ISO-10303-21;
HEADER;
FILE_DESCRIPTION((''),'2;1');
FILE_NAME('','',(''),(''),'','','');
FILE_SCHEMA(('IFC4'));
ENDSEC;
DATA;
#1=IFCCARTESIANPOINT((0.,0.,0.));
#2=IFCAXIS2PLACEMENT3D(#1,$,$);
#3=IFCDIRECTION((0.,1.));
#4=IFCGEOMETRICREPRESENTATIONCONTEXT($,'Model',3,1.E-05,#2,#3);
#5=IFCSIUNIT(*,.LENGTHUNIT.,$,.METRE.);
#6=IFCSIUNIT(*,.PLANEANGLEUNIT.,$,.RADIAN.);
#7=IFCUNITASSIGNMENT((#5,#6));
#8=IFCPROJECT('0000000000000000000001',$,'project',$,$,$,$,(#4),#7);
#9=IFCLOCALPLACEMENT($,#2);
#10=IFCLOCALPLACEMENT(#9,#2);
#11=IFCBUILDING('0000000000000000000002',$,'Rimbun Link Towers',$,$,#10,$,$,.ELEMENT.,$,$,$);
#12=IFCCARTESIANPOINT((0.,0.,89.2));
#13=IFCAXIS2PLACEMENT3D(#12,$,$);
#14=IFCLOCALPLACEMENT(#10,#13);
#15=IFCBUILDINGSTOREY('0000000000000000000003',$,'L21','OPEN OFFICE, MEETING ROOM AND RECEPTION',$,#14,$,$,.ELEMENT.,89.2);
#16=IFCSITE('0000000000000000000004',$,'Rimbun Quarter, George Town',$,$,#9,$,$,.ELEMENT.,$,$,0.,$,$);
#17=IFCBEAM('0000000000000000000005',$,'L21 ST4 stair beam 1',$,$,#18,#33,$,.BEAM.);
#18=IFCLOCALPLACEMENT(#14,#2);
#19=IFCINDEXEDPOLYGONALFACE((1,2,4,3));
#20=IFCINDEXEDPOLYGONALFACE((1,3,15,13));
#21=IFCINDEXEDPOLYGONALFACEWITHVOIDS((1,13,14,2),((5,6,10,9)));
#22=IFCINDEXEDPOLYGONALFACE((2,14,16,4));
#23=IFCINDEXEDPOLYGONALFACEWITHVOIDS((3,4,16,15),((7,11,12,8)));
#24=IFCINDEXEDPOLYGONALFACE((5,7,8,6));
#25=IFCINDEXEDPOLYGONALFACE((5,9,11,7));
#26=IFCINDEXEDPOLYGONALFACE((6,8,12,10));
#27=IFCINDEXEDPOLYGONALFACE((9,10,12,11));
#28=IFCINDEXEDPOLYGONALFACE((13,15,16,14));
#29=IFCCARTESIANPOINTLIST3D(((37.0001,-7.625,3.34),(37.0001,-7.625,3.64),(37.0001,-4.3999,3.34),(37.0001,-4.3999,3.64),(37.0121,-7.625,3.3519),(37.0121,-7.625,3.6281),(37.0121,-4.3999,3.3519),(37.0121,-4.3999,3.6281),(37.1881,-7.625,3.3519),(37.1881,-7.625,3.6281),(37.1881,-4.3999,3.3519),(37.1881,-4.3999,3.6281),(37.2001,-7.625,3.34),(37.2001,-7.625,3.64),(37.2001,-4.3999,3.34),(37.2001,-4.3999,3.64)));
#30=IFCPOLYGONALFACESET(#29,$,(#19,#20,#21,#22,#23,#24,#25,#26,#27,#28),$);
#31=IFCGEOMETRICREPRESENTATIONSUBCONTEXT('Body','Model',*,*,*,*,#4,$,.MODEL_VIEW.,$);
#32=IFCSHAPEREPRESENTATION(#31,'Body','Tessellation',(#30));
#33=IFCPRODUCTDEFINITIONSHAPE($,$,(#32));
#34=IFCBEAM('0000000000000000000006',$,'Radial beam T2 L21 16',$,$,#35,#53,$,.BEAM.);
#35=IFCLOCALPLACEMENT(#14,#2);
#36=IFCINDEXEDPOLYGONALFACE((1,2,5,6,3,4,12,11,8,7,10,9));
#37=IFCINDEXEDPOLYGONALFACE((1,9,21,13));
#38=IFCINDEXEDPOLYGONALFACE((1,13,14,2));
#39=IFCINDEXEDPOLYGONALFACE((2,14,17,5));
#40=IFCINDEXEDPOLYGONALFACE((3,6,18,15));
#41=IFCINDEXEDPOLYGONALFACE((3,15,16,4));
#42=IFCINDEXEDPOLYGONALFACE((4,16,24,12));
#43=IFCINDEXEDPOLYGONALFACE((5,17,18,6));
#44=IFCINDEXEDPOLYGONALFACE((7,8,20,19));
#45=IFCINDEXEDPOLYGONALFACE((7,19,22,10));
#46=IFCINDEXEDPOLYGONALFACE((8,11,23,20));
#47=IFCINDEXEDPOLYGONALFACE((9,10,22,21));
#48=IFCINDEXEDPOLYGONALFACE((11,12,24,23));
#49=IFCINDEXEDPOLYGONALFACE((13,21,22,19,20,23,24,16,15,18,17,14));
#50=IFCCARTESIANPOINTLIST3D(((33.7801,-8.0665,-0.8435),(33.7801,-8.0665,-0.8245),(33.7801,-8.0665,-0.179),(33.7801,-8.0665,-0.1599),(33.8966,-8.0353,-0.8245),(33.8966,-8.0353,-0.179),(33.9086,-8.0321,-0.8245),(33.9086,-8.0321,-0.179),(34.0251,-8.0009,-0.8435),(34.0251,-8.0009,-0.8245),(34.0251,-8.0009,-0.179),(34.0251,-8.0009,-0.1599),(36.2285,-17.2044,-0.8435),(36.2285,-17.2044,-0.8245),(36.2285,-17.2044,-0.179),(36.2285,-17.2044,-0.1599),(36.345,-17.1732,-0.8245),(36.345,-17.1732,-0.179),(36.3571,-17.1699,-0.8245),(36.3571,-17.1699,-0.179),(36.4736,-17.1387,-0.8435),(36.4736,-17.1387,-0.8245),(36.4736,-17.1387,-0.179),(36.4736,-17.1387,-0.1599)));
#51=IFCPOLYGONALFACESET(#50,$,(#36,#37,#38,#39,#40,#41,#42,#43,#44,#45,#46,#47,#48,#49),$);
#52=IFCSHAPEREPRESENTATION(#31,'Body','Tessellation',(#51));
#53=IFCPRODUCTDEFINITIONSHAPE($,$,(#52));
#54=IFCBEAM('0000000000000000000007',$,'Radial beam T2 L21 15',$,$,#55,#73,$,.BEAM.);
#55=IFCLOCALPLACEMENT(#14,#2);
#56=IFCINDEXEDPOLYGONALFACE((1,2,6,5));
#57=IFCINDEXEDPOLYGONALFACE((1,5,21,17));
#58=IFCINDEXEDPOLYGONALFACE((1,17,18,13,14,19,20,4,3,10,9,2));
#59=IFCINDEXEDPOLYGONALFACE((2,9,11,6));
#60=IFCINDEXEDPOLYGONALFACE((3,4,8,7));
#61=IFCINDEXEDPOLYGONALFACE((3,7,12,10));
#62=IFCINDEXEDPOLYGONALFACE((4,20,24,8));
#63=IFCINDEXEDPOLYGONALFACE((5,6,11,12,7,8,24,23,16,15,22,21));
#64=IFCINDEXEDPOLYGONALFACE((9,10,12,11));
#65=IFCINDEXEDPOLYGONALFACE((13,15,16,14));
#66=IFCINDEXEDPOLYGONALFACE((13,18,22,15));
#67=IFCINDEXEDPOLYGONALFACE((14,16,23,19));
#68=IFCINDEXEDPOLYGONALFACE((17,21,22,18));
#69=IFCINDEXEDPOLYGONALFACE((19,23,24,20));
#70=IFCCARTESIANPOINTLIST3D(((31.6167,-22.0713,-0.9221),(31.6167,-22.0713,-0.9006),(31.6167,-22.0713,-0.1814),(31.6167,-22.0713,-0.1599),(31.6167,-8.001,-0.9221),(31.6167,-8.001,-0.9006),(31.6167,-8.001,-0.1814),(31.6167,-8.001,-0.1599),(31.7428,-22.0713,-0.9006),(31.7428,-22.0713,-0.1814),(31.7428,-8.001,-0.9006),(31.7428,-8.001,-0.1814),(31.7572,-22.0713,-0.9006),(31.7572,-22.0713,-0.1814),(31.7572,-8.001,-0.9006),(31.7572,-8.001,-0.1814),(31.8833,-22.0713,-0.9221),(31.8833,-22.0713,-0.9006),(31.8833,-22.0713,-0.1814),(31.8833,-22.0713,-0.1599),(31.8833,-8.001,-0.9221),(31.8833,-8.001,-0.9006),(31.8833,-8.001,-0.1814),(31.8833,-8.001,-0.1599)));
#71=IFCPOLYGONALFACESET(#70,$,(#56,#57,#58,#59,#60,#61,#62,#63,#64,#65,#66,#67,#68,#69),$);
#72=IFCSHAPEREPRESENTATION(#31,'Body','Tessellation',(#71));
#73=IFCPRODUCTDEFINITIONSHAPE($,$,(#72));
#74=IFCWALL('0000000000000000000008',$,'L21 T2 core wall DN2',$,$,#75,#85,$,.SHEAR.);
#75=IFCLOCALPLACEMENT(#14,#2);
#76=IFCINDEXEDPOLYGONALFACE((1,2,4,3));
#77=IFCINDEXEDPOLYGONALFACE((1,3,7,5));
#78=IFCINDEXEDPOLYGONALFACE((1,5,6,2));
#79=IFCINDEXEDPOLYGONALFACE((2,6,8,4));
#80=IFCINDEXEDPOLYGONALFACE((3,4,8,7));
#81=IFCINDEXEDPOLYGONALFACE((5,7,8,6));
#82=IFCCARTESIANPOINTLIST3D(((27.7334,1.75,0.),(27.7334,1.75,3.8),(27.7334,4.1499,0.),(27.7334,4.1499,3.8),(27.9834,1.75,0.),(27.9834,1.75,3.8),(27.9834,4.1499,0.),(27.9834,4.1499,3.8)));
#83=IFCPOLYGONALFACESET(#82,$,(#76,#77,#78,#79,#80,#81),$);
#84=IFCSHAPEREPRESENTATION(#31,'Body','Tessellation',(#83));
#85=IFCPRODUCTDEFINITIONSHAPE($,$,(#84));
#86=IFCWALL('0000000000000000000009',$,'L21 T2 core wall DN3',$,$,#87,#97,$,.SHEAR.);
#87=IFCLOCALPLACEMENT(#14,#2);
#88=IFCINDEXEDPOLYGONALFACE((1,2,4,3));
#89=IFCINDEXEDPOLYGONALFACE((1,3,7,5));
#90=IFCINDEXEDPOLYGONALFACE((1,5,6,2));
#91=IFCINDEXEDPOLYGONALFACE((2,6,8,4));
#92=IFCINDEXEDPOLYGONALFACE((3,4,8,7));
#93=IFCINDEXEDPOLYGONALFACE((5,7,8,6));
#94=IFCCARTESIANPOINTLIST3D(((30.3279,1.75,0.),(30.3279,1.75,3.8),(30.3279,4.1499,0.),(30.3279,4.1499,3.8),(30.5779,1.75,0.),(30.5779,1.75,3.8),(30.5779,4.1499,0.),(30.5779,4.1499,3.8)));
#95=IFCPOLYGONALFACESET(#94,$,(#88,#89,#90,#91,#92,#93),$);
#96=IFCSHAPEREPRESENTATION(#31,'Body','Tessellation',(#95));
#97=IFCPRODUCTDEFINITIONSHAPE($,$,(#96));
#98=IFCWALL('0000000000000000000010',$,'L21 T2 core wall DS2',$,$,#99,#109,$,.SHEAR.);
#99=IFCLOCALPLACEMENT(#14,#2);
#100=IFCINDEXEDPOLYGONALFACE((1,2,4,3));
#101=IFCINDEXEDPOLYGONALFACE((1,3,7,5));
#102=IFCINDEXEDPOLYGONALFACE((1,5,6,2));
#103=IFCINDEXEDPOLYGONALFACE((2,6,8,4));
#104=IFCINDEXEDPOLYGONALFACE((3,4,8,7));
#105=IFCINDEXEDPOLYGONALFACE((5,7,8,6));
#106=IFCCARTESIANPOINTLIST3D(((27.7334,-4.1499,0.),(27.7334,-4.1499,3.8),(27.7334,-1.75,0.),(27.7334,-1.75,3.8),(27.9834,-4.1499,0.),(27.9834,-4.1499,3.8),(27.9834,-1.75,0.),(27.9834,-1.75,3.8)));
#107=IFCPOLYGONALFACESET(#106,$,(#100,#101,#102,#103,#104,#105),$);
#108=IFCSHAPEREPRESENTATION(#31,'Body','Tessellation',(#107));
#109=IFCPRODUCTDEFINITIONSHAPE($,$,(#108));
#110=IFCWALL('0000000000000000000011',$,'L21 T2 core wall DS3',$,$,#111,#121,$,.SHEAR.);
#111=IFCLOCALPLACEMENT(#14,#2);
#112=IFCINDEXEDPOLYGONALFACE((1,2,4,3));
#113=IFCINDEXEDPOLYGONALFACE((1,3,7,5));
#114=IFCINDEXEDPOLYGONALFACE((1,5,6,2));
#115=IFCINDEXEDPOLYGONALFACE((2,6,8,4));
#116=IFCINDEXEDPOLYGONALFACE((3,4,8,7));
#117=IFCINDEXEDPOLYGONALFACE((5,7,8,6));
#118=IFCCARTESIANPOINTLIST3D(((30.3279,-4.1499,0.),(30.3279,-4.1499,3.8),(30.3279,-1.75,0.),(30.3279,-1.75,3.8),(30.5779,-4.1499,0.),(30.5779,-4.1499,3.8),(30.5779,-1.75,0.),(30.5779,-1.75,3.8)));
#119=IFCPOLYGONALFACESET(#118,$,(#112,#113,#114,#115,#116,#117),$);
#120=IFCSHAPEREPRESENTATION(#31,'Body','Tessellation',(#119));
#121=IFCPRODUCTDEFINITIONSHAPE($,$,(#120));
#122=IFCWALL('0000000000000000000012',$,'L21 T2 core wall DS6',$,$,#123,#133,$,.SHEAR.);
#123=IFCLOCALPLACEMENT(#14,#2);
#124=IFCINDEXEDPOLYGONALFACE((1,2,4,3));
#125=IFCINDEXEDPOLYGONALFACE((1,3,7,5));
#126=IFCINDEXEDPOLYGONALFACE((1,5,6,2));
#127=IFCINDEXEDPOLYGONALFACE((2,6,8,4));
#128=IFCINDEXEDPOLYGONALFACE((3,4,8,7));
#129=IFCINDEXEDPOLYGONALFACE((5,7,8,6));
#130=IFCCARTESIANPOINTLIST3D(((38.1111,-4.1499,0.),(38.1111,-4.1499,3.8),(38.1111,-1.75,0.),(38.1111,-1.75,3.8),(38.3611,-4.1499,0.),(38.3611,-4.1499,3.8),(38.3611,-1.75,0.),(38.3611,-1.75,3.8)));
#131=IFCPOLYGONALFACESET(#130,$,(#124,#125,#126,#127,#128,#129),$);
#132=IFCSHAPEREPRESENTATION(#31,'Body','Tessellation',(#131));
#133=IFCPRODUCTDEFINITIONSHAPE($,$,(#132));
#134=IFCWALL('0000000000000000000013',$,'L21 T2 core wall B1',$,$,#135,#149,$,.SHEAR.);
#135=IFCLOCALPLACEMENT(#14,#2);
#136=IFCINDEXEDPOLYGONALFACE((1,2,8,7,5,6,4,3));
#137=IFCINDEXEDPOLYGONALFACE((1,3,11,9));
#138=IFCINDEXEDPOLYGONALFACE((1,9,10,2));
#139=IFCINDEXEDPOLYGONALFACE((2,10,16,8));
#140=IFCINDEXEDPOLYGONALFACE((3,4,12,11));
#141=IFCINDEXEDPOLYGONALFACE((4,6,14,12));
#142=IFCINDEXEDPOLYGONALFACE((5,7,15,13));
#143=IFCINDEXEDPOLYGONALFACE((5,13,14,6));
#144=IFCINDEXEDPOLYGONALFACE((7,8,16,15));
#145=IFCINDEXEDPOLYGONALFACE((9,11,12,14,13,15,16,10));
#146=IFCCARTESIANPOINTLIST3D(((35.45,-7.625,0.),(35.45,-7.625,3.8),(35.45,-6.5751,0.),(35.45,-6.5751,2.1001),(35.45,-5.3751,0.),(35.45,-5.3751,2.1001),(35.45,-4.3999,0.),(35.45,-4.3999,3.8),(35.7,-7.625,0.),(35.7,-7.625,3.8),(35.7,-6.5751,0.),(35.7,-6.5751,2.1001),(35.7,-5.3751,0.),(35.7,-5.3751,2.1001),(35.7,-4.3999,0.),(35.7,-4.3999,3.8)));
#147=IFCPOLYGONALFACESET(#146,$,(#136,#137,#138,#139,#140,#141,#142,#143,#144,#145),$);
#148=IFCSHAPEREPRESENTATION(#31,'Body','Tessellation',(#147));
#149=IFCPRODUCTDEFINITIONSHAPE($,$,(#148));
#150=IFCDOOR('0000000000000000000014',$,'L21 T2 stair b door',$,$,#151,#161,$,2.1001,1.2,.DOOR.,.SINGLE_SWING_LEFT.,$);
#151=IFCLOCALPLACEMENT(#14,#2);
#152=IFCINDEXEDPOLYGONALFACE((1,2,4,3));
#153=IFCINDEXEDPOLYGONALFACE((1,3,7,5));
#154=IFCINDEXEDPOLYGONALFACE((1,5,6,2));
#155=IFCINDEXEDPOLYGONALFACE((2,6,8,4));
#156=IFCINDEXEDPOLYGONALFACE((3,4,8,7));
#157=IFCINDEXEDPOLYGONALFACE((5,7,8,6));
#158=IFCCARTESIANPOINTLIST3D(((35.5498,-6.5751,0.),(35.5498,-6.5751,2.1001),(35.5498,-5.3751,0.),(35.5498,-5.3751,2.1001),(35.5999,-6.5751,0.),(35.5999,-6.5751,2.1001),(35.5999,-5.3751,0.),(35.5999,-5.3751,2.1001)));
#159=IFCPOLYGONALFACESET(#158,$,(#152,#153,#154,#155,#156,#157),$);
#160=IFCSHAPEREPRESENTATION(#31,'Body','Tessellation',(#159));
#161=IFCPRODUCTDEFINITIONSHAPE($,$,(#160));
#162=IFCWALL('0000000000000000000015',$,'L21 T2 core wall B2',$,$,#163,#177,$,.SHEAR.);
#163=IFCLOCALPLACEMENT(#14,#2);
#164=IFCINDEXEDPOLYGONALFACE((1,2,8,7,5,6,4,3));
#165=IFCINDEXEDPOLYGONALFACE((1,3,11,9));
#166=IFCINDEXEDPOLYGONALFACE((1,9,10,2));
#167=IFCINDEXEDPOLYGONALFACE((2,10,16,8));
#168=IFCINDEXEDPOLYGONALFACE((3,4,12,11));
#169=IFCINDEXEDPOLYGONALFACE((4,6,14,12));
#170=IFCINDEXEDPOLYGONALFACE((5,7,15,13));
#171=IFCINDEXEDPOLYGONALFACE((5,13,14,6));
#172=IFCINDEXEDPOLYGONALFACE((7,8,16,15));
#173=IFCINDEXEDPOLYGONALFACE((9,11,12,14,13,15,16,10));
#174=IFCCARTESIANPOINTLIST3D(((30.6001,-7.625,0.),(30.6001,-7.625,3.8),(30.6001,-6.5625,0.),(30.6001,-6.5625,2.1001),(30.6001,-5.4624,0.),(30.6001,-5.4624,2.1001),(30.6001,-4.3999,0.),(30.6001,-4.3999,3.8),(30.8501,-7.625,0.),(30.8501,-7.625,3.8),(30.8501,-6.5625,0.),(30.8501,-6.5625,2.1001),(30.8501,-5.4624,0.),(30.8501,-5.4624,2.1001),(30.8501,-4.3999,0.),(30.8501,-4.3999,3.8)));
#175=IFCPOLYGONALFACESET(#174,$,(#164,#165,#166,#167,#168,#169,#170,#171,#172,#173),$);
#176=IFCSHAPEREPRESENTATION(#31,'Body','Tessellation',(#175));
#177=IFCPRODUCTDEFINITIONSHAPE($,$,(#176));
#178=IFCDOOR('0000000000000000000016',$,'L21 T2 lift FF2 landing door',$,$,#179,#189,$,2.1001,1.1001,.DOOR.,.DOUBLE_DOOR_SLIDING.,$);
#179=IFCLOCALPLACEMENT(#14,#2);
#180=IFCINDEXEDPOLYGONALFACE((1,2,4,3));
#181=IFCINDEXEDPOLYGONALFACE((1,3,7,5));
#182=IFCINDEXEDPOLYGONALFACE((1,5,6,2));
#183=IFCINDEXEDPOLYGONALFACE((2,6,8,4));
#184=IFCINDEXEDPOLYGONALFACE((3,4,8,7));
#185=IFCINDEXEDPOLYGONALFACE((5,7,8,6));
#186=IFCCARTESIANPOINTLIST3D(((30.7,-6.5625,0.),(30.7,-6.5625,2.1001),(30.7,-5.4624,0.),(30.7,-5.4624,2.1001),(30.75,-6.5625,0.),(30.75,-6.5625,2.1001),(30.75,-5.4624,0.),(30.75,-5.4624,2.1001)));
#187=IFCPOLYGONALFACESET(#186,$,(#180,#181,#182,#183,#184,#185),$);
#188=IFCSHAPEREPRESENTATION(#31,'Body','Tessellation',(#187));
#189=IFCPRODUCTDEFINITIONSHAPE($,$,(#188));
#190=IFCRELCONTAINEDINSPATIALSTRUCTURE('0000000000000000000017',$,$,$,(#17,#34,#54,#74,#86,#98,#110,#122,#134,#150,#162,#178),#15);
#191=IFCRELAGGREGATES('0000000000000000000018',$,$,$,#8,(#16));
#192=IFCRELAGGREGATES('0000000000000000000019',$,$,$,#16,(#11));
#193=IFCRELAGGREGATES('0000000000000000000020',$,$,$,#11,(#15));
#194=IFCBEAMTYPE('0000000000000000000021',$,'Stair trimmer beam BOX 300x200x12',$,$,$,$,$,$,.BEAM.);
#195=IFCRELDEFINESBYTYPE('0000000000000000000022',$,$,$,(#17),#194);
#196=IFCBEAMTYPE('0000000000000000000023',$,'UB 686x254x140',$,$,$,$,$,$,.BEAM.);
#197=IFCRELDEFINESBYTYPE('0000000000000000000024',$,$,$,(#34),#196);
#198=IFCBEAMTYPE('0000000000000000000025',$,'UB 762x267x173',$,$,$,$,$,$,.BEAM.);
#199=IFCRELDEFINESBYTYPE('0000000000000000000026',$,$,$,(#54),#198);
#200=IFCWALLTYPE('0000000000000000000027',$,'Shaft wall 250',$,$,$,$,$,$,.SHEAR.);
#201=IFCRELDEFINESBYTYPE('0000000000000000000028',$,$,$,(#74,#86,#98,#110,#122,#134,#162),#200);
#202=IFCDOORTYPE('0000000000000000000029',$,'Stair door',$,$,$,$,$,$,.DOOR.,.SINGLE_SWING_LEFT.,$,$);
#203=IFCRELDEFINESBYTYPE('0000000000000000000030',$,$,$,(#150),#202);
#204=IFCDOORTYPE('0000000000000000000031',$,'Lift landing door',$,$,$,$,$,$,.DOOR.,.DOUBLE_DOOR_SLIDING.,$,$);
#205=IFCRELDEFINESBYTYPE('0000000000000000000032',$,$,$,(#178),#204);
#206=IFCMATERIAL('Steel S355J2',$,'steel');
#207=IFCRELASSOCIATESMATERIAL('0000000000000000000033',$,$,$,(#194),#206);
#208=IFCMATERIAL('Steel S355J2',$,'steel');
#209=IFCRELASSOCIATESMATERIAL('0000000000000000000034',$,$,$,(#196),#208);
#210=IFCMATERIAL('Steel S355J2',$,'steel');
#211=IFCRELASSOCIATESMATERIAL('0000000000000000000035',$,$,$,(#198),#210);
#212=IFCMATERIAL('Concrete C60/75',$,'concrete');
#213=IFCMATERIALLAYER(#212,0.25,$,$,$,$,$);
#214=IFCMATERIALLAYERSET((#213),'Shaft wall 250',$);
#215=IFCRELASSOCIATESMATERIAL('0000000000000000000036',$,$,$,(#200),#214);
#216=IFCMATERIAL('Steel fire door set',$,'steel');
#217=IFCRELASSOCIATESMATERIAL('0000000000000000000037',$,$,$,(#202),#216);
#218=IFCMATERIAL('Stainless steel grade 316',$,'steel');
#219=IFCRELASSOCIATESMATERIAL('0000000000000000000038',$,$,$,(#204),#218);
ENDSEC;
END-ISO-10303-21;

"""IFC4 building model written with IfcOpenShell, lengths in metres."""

from ifc_helpers import new_model, si_unit, direction, frame, frame_2d, origin, origin_2d, place, context, subcontext, project, spatial, rectangle, hollow_rectangle, i_section, extrude, material, layer, layer_set, material_profile, profile_set, type_object, element, fill, save


model = new_model("IFC4")

# Units and contexts
model_context = context("Model", 3, precision=1e-05, world=origin(), true_north=direction((0.0, 1.0)))
body_context = subcontext(model_context, "Body", "Model", "MODEL_VIEW")
ifc_project = project(units=[si_unit("LENGTHUNIT", "METRE"), si_unit("PLANEANGLEUNIT", "RADIAN")], contexts=[model_context])

# Site, building, storey
site_placement = place(None, origin())
site = spatial("IfcSite", under=ifc_project, at=site_placement, Name="Rimbun Quarter, George Town", CompositionType="ELEMENT", RefElevation=0.0)
building_placement = place(site_placement, origin())
building = spatial("IfcBuilding", under=site, at=building_placement, Name="Rimbun Link Towers", CompositionType="ELEMENT")
storey_placement = place(building_placement, frame((0.0, 0.0, 89.2)))
storey = spatial("IfcBuildingStorey", under=building, at=storey_placement, Name="L21", Description="OPEN OFFICE, MEETING ROOM AND RECEPTION", CompositionType="ELEMENT", Elevation=89.2)

# Beams
ifc_material_1 = material(Name="Steel S355J2", Category="steel")
ifc_material_profile_1 = material_profile(ifc_material_1, hollow_rectangle(XDim=0.2, YDim=0.3, WallThickness=0.012, at=origin_2d()), Name="BOX 300x200x12")
ifc_profile_set_1 = profile_set([ifc_material_profile_1], Name="Steel S355J2")
beam_type_1 = type_object("IfcBeamType", Name="Stair trimmer beam BOX 300x200x12", PredefinedType="BEAM", material=ifc_profile_set_1)
beam_1_placement = place(storey_placement, frame((37.1001, -7.625, 3.49), z_axis=(0.0, 1.0, 0.0), x_axis=(-1.0, 0.0, 0.0)))
element("IfcBeam", 1, at=beam_1_placement, inside=storey, type_object=beam_type_1, Name="L21 ST4 stair beam 1", PredefinedType="BEAM", context=body_context, shape_type="SweptSolid", body=[
    extrude(hollow_rectangle(XDim=0.2, YDim=0.3, WallThickness=0.012, at=origin_2d()), origin(), (0.0, 0.0, 1.0), 3.2251),
])
ifc_material_2 = material(Name="Steel S355J2", Category="steel")
ifc_material_profile_2 = material_profile(ifc_material_2, i_section(OverallWidth=0.2537, OverallDepth=0.6836, WebThickness=0.0125, FlangeThickness=0.019, at=origin_2d()), Name="UB 686x254x140")
ifc_profile_set_2 = profile_set([ifc_material_profile_2], Name="Steel S355J2")
beam_type_2 = type_object("IfcBeamType", Name="UB 686x254x140", PredefinedType="BEAM", material=ifc_profile_set_2)
beam_2_placement = place(storey_placement, frame((33.9026, -8.0337, -0.5017), z_axis=(0.258817, -0.965926, 0.0), x_axis=(0.965926, 0.258817, 0.0)))
element("IfcBeam", 2, at=beam_2_placement, inside=storey, type_object=beam_type_2, Name="Radial beam T2 L21 16", PredefinedType="BEAM", context=body_context, shape_type="SweptSolid", body=[
    extrude(i_section(OverallWidth=0.2537, OverallDepth=0.6836, WebThickness=0.0125, FlangeThickness=0.019, at=origin_2d()), origin(), (0.0, 0.0, 1.0), 9.4602),
])
ifc_material_3 = material(Name="Steel S355J2", Category="steel")
ifc_material_profile_3 = material_profile(ifc_material_3, i_section(OverallWidth=0.2666, OverallDepth=0.7622, WebThickness=0.0144, FlangeThickness=0.0215, at=origin_2d()), Name="UB 762x267x173")
ifc_profile_set_3 = profile_set([ifc_material_profile_3], Name="Steel S355J2")
beam_type_3 = type_object("IfcBeamType", Name="UB 762x267x173", PredefinedType="BEAM", material=ifc_profile_set_3)
beam_3_placement = place(storey_placement, frame((31.75, -8.001, -0.541), z_axis=(0.0, -1.0, 0.0), x_axis=(1.0, 0.0, 0.0)))
element("IfcBeam", 3, at=beam_3_placement, inside=storey, type_object=beam_type_3, Name="Radial beam T2 L21 15", PredefinedType="BEAM", context=body_context, shape_type="SweptSolid", body=[
    extrude(i_section(OverallWidth=0.2666, OverallDepth=0.7622, WebThickness=0.0144, FlangeThickness=0.0215, at=origin_2d()), origin(), (0.0, 0.0, 1.0), 14.0703),
])

# Walls
ifc_material_4 = material(Name="Concrete C60/75", Category="concrete")
ifc_layer = layer(ifc_material_4, 0.25)
ifc_layer_set = layer_set([ifc_layer], Name="Shaft wall 250")
wall_type = type_object("IfcWallType", Name="Shaft wall 250", PredefinedType="SHEAR", material=ifc_layer_set)
for number, where, z_axis, x_axis, name in (
    (4, (27.8584, 1.75, 0.0), (0.0, 0.0, 1.0), (0.0, 1.0, 0.0), "L21 T2 core wall DN2"),
    (5, (30.4529, 1.75, 0.0), (0.0, 0.0, 1.0), (0.0, 1.0, 0.0), "L21 T2 core wall DN3"),
    (6, (27.8584, -4.1499, 0.0), (0.0, 0.0, 1.0), (0.0, 1.0, 0.0), "L21 T2 core wall DS2"),
    (7, (30.4529, -4.1499, 0.0), (0.0, 0.0, 1.0), (0.0, 1.0, 0.0), "L21 T2 core wall DS3"),
    (8, (38.2361, -4.1499, 0.0), (0.0, 0.0, 1.0), (0.0, 1.0, 0.0), "L21 T2 core wall DS6"),
):
    element("IfcWall", number, at=place(storey_placement, frame(where, z_axis=z_axis, x_axis=x_axis)), inside=storey, type_object=wall_type, Name=name, PredefinedType="SHEAR", context=body_context, shape_type="SweptSolid", body=[
        extrude(rectangle(XDim=2.3999, YDim=0.25, at=frame_2d((1.2, 0.0))), origin(), (0.0, 0.0, 1.0), 3.8),
    ])

# Walls, openings, doors
wall_1_placement = place(storey_placement, frame((35.575, -4.3999, 0.0), z_axis=(0.0, 0.0, 1.0), x_axis=(0.0, -1.0, 0.0)))
wall_1 = element("IfcWall", 9, at=wall_1_placement, inside=storey, type_object=wall_type, Name="L21 T2 core wall B1", PredefinedType="SHEAR", context=body_context, shape_type="SweptSolid", body=[
    extrude(rectangle(XDim=3.2251, YDim=0.25, at=frame_2d((1.6125, 0.0))), origin(), (0.0, 0.0, 1.0), 3.8),
])
opening_1_placement = place(wall_1_placement, frame((0.9751, 0.0, 0.0)))
opening_1 = element("IfcOpeningElement", 10, at=opening_1_placement, cuts=wall_1, PredefinedType="OPENING", context=body_context, shape_type="SweptSolid", body=[
    extrude(rectangle(XDim=1.2, YDim=2.1001, at=frame_2d((0.6001, 1.05))), frame((0.0, 0.135, 0.0), z_axis=(0.0, -1.0, 0.0), x_axis=(1.0, 0.0, 0.0)), (0.0, 0.0, 1.0), 0.27),
])
ifc_material_5 = material(Name="Steel fire door set", Category="steel")
door_type_1 = type_object("IfcDoorType", Name="Stair door", OperationType="SINGLE_SWING_LEFT", PredefinedType="DOOR", material=ifc_material_5)
door_1_placement = place(opening_1_placement, origin())
door_1 = element("IfcDoor", 11, at=door_1_placement, inside=storey, type_object=door_type_1, Name="L21 T2 stair b door", OperationType="SINGLE_SWING_LEFT", OverallHeight=2.1001, OverallWidth=1.2, PredefinedType="DOOR", context=body_context, shape_type="SweptSolid", body=[
    extrude(rectangle(XDim=1.2, YDim=2.1001, at=frame_2d((0.6001, 1.05))), frame((0.0, 0.0249, 0.0), z_axis=(0.0, -1.0, 0.0), x_axis=(1.0, 0.0, 0.0)), (0.0, 0.0, 1.0), 0.05),
])
fill(opening_1, door_1)
wall_2_placement = place(storey_placement, frame((30.7251, -4.3999, 0.0), z_axis=(0.0, 0.0, 1.0), x_axis=(0.0, -1.0, 0.0)))
wall_2 = element("IfcWall", 12, at=wall_2_placement, inside=storey, type_object=wall_type, Name="L21 T2 core wall B2", PredefinedType="SHEAR", context=body_context, shape_type="SweptSolid", body=[
    extrude(rectangle(XDim=3.2251, YDim=0.25, at=frame_2d((1.6125, 0.0))), origin(), (0.0, 0.0, 1.0), 3.8),
])
opening_2_placement = place(wall_2_placement, frame((1.0625, 0.0, 0.0)))
opening_2 = element("IfcOpeningElement", 13, at=opening_2_placement, cuts=wall_2, PredefinedType="OPENING", context=body_context, shape_type="SweptSolid", body=[
    extrude(rectangle(XDim=1.1001, YDim=2.1001, at=frame_2d((0.55, 1.05))), frame((0.0, 0.135, 0.0), z_axis=(0.0, -1.0, 0.0), x_axis=(1.0, 0.0, 0.0)), (0.0, 0.0, 1.0), 0.27),
])
ifc_material_6 = material(Name="Stainless steel grade 316", Category="steel")
door_type_2 = type_object("IfcDoorType", Name="Lift landing door", OperationType="DOUBLE_DOOR_SLIDING", PredefinedType="DOOR", material=ifc_material_6)
door_2_placement = place(opening_2_placement, origin())
door_2 = element("IfcDoor", 14, at=door_2_placement, inside=storey, type_object=door_type_2, Name="L21 T2 lift FF2 landing door", OperationType="DOUBLE_DOOR_SLIDING", OverallHeight=2.1001, OverallWidth=1.1001, PredefinedType="DOOR", context=body_context, shape_type="SweptSolid", body=[
    extrude(rectangle(XDim=1.1001, YDim=2.1001, at=frame_2d((0.55, 1.05))), frame((0.0, 0.0249, 0.0), z_axis=(0.0, -1.0, 0.0), x_axis=(1.0, 0.0, 0.0)), (0.0, 0.0, 1.0), 0.05),
])
fill(opening_2, door_2)

save(model, "model.ifc")
